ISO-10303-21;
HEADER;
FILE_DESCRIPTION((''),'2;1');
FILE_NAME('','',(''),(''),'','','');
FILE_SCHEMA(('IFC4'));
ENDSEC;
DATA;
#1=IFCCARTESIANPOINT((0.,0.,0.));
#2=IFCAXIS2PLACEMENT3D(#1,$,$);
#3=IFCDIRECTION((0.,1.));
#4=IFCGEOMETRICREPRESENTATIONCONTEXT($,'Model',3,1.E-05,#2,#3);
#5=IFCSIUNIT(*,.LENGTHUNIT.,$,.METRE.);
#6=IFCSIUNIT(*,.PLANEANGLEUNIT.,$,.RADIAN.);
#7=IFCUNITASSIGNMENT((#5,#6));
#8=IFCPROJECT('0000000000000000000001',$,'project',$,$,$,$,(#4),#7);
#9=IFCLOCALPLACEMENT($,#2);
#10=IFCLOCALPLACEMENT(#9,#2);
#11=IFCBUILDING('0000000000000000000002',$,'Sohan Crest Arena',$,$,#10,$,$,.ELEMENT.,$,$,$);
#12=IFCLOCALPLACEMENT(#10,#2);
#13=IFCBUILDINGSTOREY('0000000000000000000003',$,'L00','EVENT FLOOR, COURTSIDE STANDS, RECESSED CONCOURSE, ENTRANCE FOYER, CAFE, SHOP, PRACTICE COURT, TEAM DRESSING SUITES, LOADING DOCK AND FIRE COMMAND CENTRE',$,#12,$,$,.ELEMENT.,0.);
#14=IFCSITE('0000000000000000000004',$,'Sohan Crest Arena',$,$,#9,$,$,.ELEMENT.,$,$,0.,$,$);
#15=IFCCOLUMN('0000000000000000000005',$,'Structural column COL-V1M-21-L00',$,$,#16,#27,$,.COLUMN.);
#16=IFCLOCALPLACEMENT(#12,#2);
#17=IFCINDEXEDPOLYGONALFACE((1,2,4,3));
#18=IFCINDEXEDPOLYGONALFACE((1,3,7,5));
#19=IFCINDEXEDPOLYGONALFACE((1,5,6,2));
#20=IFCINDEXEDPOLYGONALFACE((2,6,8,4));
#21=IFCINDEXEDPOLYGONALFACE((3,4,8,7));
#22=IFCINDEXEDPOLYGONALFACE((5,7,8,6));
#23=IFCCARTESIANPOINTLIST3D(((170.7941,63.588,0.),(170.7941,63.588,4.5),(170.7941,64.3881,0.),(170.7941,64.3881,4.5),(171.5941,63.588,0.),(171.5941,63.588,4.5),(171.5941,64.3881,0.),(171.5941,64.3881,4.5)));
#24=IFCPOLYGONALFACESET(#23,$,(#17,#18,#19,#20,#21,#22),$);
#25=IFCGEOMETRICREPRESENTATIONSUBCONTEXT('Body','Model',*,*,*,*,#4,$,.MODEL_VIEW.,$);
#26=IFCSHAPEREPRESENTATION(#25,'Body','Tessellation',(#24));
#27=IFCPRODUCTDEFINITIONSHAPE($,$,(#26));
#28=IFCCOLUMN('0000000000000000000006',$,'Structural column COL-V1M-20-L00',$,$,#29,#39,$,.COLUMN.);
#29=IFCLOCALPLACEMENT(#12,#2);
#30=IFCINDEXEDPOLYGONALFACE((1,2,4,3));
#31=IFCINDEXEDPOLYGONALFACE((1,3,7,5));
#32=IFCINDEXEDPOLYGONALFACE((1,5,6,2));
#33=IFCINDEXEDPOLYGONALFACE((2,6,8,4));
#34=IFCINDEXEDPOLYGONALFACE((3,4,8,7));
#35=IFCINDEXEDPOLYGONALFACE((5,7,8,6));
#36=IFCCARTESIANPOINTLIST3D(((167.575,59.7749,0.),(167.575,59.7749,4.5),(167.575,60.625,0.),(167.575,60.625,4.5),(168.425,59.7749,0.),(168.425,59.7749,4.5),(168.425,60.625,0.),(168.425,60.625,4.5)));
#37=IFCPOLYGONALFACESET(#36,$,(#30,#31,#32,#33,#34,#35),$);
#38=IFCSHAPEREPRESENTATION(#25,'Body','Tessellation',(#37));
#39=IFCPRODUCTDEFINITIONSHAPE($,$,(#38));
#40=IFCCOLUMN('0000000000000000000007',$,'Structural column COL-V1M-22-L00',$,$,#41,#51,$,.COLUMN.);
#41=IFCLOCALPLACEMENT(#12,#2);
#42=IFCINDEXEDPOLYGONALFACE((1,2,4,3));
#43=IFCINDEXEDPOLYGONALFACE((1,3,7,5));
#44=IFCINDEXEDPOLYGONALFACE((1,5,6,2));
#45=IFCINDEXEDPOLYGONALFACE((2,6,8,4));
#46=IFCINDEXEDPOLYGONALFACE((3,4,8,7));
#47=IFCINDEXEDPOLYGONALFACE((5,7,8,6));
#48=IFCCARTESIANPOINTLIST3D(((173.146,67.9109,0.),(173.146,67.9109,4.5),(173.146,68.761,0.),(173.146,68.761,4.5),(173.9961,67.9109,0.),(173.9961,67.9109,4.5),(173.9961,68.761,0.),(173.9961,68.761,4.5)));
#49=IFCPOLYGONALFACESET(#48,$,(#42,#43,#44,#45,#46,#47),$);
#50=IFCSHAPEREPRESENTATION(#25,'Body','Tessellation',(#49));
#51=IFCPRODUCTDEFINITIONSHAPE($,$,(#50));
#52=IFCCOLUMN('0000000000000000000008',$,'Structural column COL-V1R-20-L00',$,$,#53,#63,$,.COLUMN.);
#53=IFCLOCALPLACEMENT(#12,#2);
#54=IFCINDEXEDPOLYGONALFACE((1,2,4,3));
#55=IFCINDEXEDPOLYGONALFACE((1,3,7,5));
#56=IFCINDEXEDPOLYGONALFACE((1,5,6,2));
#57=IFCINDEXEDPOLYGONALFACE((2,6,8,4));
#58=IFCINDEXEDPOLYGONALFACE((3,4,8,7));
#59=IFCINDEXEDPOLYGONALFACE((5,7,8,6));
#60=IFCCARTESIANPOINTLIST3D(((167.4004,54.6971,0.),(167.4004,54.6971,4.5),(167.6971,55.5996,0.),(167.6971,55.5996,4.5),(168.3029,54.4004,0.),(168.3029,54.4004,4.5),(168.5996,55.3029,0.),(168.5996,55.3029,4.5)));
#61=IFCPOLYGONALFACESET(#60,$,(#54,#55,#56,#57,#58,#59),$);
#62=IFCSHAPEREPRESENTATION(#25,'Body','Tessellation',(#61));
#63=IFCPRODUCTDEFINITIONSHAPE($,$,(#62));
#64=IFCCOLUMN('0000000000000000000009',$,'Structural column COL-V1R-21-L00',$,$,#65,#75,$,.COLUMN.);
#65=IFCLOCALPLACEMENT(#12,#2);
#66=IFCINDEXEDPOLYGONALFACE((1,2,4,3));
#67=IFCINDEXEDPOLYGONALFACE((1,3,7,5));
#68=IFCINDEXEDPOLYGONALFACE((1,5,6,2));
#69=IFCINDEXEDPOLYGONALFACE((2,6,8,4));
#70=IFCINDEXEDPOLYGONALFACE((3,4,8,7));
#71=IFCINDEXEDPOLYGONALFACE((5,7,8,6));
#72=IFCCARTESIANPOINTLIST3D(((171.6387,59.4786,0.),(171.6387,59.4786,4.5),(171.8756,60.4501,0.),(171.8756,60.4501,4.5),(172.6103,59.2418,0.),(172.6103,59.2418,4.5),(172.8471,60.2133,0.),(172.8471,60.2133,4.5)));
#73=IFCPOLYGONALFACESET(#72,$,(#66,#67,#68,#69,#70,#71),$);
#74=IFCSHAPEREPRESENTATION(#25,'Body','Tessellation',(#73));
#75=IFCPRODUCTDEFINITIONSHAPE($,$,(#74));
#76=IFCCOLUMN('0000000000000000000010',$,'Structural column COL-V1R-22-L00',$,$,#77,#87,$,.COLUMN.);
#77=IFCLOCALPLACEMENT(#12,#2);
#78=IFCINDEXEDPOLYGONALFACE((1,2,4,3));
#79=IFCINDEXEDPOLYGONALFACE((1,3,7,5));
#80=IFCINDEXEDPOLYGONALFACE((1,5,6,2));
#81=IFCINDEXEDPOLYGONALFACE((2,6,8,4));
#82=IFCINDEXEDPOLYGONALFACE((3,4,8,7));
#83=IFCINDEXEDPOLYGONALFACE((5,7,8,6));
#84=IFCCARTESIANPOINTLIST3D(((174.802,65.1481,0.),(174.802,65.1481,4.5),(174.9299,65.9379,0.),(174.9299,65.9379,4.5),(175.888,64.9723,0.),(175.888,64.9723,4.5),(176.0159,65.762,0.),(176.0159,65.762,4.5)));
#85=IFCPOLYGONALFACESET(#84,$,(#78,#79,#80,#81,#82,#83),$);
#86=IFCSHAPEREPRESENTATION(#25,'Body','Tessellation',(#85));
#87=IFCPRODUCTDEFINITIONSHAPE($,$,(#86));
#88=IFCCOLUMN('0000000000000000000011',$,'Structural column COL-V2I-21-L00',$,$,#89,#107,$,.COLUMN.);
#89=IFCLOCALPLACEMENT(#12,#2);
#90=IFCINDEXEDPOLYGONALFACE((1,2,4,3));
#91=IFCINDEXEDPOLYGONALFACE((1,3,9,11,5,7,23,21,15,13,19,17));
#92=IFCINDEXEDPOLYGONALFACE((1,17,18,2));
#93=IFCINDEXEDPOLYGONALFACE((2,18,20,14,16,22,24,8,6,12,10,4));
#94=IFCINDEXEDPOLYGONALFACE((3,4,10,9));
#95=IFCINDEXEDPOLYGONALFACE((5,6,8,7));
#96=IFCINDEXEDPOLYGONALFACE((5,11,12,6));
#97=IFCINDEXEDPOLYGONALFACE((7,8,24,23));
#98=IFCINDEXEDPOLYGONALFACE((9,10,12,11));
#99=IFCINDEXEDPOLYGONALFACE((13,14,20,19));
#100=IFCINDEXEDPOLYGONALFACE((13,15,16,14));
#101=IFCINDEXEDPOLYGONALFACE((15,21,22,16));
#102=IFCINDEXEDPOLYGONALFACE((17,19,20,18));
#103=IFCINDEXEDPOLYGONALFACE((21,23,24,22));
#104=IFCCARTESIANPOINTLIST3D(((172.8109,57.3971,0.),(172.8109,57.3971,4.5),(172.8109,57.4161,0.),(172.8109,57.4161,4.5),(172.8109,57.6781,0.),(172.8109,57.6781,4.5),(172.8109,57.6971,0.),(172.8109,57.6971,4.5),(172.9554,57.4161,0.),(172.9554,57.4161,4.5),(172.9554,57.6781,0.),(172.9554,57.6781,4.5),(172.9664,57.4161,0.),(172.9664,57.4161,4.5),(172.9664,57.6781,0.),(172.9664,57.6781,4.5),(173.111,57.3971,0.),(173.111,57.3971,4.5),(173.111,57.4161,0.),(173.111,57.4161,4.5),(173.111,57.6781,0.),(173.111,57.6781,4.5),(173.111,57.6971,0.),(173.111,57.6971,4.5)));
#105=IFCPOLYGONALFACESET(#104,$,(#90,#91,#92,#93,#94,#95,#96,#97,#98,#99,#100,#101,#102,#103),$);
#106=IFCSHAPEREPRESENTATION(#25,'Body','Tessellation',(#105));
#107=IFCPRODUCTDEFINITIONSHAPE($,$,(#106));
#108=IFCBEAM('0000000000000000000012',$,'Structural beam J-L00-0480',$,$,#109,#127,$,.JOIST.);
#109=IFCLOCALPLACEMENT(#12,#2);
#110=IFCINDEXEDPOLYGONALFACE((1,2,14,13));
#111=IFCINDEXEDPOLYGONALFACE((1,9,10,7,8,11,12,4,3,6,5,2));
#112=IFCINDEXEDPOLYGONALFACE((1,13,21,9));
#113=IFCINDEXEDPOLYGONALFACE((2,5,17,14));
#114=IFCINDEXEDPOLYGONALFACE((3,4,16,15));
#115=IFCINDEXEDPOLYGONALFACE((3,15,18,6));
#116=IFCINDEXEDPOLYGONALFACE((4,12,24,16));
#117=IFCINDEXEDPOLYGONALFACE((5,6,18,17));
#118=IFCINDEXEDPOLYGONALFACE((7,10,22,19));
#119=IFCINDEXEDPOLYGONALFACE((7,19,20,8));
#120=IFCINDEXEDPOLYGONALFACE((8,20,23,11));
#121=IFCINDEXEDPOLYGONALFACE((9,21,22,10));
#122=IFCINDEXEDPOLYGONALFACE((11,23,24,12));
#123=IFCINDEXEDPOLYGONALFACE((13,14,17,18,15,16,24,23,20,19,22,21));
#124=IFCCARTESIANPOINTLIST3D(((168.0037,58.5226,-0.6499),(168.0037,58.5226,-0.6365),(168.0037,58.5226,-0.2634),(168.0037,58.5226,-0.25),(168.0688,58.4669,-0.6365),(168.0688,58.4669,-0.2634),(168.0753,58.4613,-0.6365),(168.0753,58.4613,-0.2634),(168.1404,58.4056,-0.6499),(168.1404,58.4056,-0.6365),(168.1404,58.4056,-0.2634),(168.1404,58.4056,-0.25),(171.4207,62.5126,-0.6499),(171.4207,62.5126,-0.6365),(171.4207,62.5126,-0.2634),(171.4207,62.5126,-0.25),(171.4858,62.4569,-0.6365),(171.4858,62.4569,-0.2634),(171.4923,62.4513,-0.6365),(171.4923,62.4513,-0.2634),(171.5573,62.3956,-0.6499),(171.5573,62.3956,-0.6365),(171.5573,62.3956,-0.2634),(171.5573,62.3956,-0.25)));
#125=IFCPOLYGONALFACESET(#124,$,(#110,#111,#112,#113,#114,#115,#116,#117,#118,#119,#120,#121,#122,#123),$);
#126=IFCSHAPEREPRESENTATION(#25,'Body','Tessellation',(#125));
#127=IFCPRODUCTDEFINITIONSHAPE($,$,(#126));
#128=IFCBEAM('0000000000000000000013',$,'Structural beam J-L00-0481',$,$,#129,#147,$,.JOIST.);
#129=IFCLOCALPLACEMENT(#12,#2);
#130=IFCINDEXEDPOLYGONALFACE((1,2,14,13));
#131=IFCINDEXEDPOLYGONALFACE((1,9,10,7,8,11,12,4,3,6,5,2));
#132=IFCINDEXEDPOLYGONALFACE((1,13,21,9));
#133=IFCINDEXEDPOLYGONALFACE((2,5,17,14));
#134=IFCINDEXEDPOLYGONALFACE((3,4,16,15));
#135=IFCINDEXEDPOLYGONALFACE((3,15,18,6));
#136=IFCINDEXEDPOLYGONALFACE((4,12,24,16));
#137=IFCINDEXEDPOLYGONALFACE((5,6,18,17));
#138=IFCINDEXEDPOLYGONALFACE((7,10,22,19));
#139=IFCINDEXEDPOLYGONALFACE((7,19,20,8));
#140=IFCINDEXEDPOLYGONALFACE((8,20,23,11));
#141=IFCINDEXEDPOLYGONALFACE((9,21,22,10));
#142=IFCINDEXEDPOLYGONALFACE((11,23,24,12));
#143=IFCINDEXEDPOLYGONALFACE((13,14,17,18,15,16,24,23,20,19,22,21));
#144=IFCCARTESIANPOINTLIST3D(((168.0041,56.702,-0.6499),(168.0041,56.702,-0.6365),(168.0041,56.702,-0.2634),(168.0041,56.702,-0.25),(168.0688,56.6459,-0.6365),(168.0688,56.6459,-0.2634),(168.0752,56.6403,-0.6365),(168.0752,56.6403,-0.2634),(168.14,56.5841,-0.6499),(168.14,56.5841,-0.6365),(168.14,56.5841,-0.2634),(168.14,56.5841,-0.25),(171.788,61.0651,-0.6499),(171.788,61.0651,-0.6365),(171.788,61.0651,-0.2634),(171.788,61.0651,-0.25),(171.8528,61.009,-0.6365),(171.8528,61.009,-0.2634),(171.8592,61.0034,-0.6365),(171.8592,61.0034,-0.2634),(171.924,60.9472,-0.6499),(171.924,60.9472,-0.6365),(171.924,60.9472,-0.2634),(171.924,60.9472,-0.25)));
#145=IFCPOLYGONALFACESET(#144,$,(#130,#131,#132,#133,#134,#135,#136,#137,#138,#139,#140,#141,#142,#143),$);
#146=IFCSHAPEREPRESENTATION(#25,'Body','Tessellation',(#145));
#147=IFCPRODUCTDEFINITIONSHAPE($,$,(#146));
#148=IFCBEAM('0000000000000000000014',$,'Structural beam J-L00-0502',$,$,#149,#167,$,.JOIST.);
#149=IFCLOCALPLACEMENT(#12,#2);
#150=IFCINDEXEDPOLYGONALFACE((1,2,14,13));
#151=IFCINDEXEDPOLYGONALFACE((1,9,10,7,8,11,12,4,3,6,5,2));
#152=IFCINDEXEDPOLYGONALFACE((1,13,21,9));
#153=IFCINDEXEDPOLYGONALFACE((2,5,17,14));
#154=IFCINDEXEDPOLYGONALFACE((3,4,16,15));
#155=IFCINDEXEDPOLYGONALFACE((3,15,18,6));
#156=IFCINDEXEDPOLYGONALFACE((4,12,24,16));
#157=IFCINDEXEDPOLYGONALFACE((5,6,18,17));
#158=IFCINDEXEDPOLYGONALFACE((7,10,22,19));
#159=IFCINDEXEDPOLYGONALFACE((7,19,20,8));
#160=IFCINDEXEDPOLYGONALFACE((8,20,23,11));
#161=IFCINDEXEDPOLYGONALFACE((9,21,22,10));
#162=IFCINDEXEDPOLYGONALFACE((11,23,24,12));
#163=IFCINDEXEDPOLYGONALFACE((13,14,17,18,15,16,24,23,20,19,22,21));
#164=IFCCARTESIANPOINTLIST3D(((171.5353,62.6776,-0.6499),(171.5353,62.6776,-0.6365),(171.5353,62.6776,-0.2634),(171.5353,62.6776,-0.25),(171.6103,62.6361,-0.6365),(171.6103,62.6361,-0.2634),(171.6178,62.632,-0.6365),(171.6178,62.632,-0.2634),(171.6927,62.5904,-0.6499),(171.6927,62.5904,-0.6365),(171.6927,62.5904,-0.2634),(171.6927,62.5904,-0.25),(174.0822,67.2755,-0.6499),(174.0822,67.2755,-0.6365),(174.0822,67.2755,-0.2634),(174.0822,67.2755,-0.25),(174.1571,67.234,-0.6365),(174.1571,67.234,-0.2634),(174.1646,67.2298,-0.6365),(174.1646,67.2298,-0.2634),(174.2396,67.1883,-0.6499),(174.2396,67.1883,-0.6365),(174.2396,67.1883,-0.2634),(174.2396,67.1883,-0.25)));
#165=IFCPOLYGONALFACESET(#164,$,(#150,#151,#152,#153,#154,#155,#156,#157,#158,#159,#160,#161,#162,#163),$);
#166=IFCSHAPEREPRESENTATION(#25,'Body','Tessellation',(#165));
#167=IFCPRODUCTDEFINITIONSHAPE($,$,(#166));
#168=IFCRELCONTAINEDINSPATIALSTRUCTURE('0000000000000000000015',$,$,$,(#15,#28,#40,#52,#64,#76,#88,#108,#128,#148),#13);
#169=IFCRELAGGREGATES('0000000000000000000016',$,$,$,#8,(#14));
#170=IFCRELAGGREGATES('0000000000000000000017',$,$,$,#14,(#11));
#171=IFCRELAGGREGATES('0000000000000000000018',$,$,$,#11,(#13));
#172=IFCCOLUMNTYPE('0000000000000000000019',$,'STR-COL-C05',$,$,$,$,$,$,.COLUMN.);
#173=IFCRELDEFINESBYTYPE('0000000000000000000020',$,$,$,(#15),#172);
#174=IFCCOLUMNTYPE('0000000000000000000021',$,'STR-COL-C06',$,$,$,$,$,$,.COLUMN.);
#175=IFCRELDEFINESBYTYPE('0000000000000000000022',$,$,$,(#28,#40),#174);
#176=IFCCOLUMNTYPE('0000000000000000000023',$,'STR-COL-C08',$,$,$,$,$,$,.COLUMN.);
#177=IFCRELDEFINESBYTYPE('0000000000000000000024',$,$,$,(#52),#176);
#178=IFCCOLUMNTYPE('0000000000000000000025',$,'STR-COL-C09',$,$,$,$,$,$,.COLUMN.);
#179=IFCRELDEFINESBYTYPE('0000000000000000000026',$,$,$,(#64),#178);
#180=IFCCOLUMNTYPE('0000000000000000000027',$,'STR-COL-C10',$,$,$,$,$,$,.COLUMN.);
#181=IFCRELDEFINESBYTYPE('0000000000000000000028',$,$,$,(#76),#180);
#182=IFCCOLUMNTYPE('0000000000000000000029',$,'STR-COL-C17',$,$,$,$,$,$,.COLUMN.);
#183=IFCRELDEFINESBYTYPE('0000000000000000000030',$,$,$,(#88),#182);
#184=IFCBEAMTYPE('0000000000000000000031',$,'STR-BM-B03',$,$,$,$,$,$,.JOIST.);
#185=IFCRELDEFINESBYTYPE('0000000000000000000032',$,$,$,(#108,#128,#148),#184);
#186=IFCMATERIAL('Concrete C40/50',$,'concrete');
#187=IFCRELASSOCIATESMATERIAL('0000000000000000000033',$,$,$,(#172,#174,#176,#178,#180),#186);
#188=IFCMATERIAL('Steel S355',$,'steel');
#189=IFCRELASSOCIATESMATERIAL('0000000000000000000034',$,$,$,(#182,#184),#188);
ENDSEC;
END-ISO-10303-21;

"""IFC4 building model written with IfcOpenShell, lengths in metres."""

from ifc_helpers import new_model, si_unit, direction, frame, origin, origin_2d, place, context, subcontext, project, spatial, rectangle, i_section, extrude, material, material_profile, profile_set, type_object, element, save


model = new_model("IFC4")

# Units and contexts
model_context = context("Model", 3, precision=1e-05, world=origin(), true_north=direction((0.0, 1.0)))
body_context = subcontext(model_context, "Body", "Model", "MODEL_VIEW")
ifc_project = project(units=[si_unit("LENGTHUNIT", "METRE"), si_unit("PLANEANGLEUNIT", "RADIAN")], contexts=[model_context])

# Site, building, storey
site_placement = place(None, origin())
site = spatial("IfcSite", under=ifc_project, at=site_placement, Name="Sohan Crest Arena", CompositionType="ELEMENT", RefElevation=0.0)
building_placement = place(site_placement, origin())
building = spatial("IfcBuilding", under=site, at=building_placement, Name="Sohan Crest Arena", CompositionType="ELEMENT")
storey_placement = place(building_placement, origin())
storey = spatial("IfcBuildingStorey", under=building, at=storey_placement, Name="L00", Description="EVENT FLOOR, COURTSIDE STANDS, RECESSED CONCOURSE, ENTRANCE FOYER, CAFE, SHOP, PRACTICE COURT, TEAM DRESSING SUITES, LOADING DOCK AND FIRE COMMAND CENTRE", CompositionType="ELEMENT", Elevation=0.0)

# Columns
ifc_material_1 = material(Name="Concrete C40/50", Category="concrete")
ifc_material_profile_1 = material_profile(ifc_material_1, rectangle(XDim=0.8, YDim=0.8, at=origin_2d()), Name="RC 800x800")
ifc_profile_set_1 = profile_set([ifc_material_profile_1], Name="Concrete C40/50")
column_type_1 = type_object("IfcColumnType", Name="STR-COL-C05", PredefinedType="COLUMN", material=ifc_profile_set_1)
column_1_placement = place(storey_placement, frame((171.1941, 63.988, 0.0), z_axis=(0.0, 0.0, 1.0), x_axis=(1.0, 0.0, 0.0)))
element("IfcColumn", 1, at=column_1_placement, inside=storey, type_object=column_type_1, Name="Structural column COL-V1M-21-L00", PredefinedType="COLUMN", context=body_context, shape_type="SweptSolid", body=[
    extrude(rectangle(XDim=0.8, YDim=0.8, at=origin_2d()), origin(), (0.0, 0.0, 1.0), 4.5),
])
ifc_material_profile_2 = material_profile(ifc_material_1, rectangle(XDim=0.8501, YDim=0.8501, at=origin_2d()), Name="RC 850x850")
ifc_profile_set_2 = profile_set([ifc_material_profile_2], Name="Concrete C40/50")
column_type_2 = type_object("IfcColumnType", Name="STR-COL-C06", PredefinedType="COLUMN", material=ifc_profile_set_2)
for number, where, z_axis, x_axis, name in (
    (2, (168.0, 60.2, 0.0), (0.0, 0.0, 1.0), (1.0, 0.0, 0.0), "Structural column COL-V1M-20-L00"),
    (3, (173.571, 68.3359, 0.0), (0.0, 0.0, 1.0), (1.0, 0.0, 0.0), "Structural column COL-V1M-22-L00"),
):
    element("IfcColumn", number, at=place(storey_placement, frame(where, z_axis=z_axis, x_axis=x_axis)), inside=storey, type_object=column_type_2, Name=name, PredefinedType="COLUMN", context=body_context, shape_type="SweptSolid", body=[
        extrude(rectangle(XDim=0.8501, YDim=0.8501, at=origin_2d()), origin(), (0.0, 0.0, 1.0), 4.5),
    ])
ifc_material_profile_3 = material_profile(ifc_material_1, rectangle(XDim=0.95, YDim=0.95, at=origin_2d()), Name="RC 950x950")
ifc_profile_set_3 = profile_set([ifc_material_profile_3], Name="Concrete C40/50")
column_type_3 = type_object("IfcColumnType", Name="STR-COL-C08", PredefinedType="COLUMN", material=ifc_profile_set_3)
column_2_placement = place(storey_placement, frame((168.0, 55.0, 0.0), z_axis=(0.0, 0.0, 1.0), x_axis=(-0.949972, 0.312335, 0.0)))
element("IfcColumn", 4, at=column_2_placement, inside=storey, type_object=column_type_3, Name="Structural column COL-V1R-20-L00", PredefinedType="COLUMN", context=body_context, shape_type="SweptSolid", body=[
    extrude(rectangle(XDim=0.95, YDim=0.95, at=origin_2d()), origin(), (0.0, 0.0, 1.0), 4.5),
])
ifc_material_profile_4 = material_profile(ifc_material_1, rectangle(XDim=1.0, YDim=1.0, at=origin_2d()), Name="RC 1000x1000")
ifc_profile_set_4 = profile_set([ifc_material_profile_4], Name="Concrete C40/50")
column_type_4 = type_object("IfcColumnType", Name="STR-COL-C09", PredefinedType="COLUMN", material=ifc_profile_set_4)
column_3_placement = place(storey_placement, frame((172.2429, 59.8459, 0.0), z_axis=(0.0, 0.0, 1.0), x_axis=(-0.971549, 0.236838, 0.0)))
element("IfcColumn", 5, at=column_3_placement, inside=storey, type_object=column_type_4, Name="Structural column COL-V1R-21-L00", PredefinedType="COLUMN", context=body_context, shape_type="SweptSolid", body=[
    extrude(rectangle(XDim=1.0, YDim=1.0, at=origin_2d()), origin(), (0.0, 0.0, 1.0), 4.5),
])
ifc_material_profile_5 = material_profile(ifc_material_1, rectangle(XDim=1.1001, YDim=0.8, at=origin_2d()), Name="RC 1100x800")
ifc_profile_set_5 = profile_set([ifc_material_profile_5], Name="Concrete C40/50")
column_type_5 = type_object("IfcColumnType", Name="STR-COL-C10", PredefinedType="COLUMN", material=ifc_profile_set_5)
column_4_placement = place(storey_placement, frame((175.4089, 65.4551, 0.0), z_axis=(0.0, 0.0, 1.0), x_axis=(-0.987136, 0.159881, 0.0)))
element("IfcColumn", 6, at=column_4_placement, inside=storey, type_object=column_type_5, Name="Structural column COL-V1R-22-L00", PredefinedType="COLUMN", context=body_context, shape_type="SweptSolid", body=[
    extrude(rectangle(XDim=1.1001, YDim=0.8, at=origin_2d()), origin(), (0.0, 0.0, 1.0), 4.5),
])
ifc_material_2 = material(Name="Steel S355", Category="steel")
ifc_material_profile_6 = material_profile(ifc_material_2, i_section(OverallWidth=0.3, OverallDepth=0.3, WebThickness=0.011, FlangeThickness=0.019, at=origin_2d()), Name="HEB 300")
ifc_profile_set_6 = profile_set([ifc_material_profile_6], Name="Steel S355")
column_type_6 = type_object("IfcColumnType", Name="STR-COL-C17", PredefinedType="COLUMN", material=ifc_profile_set_6)
column_5_placement = place(storey_placement, frame((172.9609, 57.5471, 0.0), z_axis=(0.0, 0.0, 1.0), x_axis=(1.0, 0.0, 0.0)))
element("IfcColumn", 7, at=column_5_placement, inside=storey, type_object=column_type_6, Name="Structural column COL-V2I-21-L00", PredefinedType="COLUMN", context=body_context, shape_type="SweptSolid", body=[
    extrude(i_section(OverallWidth=0.3, OverallDepth=0.3, WebThickness=0.011, FlangeThickness=0.019, at=origin_2d()), origin(), (0.0, 0.0, 1.0), 4.5),
])

# Beams
ifc_material_profile_7 = material_profile(ifc_material_2, i_section(OverallWidth=0.1799, OverallDepth=0.3999, WebThickness=0.0085, FlangeThickness=0.0134, at=origin_2d()), Name="IPE 400")
ifc_profile_set_7 = profile_set([ifc_material_profile_7], Name="Steel S355")
beam_type_1 = type_object("IfcBeamType", Name="STR-BM-B03", PredefinedType="JOIST", material=ifc_profile_set_7)
beam_1_placement = place(storey_placement, frame((168.072, 58.4641, -0.45), z_axis=(0.650462, 0.759539, 0.0), x_axis=(-0.759539, 0.650462, 0.0)))
element("IfcBeam", 8, at=beam_1_placement, inside=storey, type_object=beam_type_1, Name="Structural beam J-L00-0480", PredefinedType="JOIST", context=body_context, shape_type="SweptSolid", body=[
    extrude(i_section(OverallWidth=0.1799, OverallDepth=0.3999, WebThickness=0.0085, FlangeThickness=0.0134, at=origin_2d()), origin(), (0.0, 0.0, 1.0), 5.2532),
])
beam_2_placement = place(storey_placement, frame((168.072, 56.6431, -0.45), z_axis=(0.655191, 0.755463, 0.0), x_axis=(-0.755463, 0.655191, 0.0)))
element("IfcBeam", 9, at=beam_2_placement, inside=storey, type_object=beam_type_1, Name="Structural beam J-L00-0481", PredefinedType="JOIST", context=body_context, shape_type="SweptSolid", body=[
    extrude(i_section(OverallWidth=0.1799, OverallDepth=0.3999, WebThickness=0.0085, FlangeThickness=0.0134, at=origin_2d()), origin(), (0.0, 0.0, 1.0), 5.7754),
])
beam_3_placement = place(storey_placement, frame((171.614, 62.634, -0.45), z_axis=(0.48455, 0.874763, 0.0), x_axis=(-0.874763, 0.48455, 0.0)))
element("IfcBeam", 10, at=beam_3_placement, inside=storey, type_object=beam_type_1, Name="Structural beam J-L00-0502", PredefinedType="JOIST", context=body_context, shape_type="SweptSolid", body=[
    extrude(i_section(OverallWidth=0.1799, OverallDepth=0.3999, WebThickness=0.0085, FlangeThickness=0.0134, at=origin_2d()), origin(), (0.0, 0.0, 1.0), 5.2561),
])

save(model, "model.ifc")
